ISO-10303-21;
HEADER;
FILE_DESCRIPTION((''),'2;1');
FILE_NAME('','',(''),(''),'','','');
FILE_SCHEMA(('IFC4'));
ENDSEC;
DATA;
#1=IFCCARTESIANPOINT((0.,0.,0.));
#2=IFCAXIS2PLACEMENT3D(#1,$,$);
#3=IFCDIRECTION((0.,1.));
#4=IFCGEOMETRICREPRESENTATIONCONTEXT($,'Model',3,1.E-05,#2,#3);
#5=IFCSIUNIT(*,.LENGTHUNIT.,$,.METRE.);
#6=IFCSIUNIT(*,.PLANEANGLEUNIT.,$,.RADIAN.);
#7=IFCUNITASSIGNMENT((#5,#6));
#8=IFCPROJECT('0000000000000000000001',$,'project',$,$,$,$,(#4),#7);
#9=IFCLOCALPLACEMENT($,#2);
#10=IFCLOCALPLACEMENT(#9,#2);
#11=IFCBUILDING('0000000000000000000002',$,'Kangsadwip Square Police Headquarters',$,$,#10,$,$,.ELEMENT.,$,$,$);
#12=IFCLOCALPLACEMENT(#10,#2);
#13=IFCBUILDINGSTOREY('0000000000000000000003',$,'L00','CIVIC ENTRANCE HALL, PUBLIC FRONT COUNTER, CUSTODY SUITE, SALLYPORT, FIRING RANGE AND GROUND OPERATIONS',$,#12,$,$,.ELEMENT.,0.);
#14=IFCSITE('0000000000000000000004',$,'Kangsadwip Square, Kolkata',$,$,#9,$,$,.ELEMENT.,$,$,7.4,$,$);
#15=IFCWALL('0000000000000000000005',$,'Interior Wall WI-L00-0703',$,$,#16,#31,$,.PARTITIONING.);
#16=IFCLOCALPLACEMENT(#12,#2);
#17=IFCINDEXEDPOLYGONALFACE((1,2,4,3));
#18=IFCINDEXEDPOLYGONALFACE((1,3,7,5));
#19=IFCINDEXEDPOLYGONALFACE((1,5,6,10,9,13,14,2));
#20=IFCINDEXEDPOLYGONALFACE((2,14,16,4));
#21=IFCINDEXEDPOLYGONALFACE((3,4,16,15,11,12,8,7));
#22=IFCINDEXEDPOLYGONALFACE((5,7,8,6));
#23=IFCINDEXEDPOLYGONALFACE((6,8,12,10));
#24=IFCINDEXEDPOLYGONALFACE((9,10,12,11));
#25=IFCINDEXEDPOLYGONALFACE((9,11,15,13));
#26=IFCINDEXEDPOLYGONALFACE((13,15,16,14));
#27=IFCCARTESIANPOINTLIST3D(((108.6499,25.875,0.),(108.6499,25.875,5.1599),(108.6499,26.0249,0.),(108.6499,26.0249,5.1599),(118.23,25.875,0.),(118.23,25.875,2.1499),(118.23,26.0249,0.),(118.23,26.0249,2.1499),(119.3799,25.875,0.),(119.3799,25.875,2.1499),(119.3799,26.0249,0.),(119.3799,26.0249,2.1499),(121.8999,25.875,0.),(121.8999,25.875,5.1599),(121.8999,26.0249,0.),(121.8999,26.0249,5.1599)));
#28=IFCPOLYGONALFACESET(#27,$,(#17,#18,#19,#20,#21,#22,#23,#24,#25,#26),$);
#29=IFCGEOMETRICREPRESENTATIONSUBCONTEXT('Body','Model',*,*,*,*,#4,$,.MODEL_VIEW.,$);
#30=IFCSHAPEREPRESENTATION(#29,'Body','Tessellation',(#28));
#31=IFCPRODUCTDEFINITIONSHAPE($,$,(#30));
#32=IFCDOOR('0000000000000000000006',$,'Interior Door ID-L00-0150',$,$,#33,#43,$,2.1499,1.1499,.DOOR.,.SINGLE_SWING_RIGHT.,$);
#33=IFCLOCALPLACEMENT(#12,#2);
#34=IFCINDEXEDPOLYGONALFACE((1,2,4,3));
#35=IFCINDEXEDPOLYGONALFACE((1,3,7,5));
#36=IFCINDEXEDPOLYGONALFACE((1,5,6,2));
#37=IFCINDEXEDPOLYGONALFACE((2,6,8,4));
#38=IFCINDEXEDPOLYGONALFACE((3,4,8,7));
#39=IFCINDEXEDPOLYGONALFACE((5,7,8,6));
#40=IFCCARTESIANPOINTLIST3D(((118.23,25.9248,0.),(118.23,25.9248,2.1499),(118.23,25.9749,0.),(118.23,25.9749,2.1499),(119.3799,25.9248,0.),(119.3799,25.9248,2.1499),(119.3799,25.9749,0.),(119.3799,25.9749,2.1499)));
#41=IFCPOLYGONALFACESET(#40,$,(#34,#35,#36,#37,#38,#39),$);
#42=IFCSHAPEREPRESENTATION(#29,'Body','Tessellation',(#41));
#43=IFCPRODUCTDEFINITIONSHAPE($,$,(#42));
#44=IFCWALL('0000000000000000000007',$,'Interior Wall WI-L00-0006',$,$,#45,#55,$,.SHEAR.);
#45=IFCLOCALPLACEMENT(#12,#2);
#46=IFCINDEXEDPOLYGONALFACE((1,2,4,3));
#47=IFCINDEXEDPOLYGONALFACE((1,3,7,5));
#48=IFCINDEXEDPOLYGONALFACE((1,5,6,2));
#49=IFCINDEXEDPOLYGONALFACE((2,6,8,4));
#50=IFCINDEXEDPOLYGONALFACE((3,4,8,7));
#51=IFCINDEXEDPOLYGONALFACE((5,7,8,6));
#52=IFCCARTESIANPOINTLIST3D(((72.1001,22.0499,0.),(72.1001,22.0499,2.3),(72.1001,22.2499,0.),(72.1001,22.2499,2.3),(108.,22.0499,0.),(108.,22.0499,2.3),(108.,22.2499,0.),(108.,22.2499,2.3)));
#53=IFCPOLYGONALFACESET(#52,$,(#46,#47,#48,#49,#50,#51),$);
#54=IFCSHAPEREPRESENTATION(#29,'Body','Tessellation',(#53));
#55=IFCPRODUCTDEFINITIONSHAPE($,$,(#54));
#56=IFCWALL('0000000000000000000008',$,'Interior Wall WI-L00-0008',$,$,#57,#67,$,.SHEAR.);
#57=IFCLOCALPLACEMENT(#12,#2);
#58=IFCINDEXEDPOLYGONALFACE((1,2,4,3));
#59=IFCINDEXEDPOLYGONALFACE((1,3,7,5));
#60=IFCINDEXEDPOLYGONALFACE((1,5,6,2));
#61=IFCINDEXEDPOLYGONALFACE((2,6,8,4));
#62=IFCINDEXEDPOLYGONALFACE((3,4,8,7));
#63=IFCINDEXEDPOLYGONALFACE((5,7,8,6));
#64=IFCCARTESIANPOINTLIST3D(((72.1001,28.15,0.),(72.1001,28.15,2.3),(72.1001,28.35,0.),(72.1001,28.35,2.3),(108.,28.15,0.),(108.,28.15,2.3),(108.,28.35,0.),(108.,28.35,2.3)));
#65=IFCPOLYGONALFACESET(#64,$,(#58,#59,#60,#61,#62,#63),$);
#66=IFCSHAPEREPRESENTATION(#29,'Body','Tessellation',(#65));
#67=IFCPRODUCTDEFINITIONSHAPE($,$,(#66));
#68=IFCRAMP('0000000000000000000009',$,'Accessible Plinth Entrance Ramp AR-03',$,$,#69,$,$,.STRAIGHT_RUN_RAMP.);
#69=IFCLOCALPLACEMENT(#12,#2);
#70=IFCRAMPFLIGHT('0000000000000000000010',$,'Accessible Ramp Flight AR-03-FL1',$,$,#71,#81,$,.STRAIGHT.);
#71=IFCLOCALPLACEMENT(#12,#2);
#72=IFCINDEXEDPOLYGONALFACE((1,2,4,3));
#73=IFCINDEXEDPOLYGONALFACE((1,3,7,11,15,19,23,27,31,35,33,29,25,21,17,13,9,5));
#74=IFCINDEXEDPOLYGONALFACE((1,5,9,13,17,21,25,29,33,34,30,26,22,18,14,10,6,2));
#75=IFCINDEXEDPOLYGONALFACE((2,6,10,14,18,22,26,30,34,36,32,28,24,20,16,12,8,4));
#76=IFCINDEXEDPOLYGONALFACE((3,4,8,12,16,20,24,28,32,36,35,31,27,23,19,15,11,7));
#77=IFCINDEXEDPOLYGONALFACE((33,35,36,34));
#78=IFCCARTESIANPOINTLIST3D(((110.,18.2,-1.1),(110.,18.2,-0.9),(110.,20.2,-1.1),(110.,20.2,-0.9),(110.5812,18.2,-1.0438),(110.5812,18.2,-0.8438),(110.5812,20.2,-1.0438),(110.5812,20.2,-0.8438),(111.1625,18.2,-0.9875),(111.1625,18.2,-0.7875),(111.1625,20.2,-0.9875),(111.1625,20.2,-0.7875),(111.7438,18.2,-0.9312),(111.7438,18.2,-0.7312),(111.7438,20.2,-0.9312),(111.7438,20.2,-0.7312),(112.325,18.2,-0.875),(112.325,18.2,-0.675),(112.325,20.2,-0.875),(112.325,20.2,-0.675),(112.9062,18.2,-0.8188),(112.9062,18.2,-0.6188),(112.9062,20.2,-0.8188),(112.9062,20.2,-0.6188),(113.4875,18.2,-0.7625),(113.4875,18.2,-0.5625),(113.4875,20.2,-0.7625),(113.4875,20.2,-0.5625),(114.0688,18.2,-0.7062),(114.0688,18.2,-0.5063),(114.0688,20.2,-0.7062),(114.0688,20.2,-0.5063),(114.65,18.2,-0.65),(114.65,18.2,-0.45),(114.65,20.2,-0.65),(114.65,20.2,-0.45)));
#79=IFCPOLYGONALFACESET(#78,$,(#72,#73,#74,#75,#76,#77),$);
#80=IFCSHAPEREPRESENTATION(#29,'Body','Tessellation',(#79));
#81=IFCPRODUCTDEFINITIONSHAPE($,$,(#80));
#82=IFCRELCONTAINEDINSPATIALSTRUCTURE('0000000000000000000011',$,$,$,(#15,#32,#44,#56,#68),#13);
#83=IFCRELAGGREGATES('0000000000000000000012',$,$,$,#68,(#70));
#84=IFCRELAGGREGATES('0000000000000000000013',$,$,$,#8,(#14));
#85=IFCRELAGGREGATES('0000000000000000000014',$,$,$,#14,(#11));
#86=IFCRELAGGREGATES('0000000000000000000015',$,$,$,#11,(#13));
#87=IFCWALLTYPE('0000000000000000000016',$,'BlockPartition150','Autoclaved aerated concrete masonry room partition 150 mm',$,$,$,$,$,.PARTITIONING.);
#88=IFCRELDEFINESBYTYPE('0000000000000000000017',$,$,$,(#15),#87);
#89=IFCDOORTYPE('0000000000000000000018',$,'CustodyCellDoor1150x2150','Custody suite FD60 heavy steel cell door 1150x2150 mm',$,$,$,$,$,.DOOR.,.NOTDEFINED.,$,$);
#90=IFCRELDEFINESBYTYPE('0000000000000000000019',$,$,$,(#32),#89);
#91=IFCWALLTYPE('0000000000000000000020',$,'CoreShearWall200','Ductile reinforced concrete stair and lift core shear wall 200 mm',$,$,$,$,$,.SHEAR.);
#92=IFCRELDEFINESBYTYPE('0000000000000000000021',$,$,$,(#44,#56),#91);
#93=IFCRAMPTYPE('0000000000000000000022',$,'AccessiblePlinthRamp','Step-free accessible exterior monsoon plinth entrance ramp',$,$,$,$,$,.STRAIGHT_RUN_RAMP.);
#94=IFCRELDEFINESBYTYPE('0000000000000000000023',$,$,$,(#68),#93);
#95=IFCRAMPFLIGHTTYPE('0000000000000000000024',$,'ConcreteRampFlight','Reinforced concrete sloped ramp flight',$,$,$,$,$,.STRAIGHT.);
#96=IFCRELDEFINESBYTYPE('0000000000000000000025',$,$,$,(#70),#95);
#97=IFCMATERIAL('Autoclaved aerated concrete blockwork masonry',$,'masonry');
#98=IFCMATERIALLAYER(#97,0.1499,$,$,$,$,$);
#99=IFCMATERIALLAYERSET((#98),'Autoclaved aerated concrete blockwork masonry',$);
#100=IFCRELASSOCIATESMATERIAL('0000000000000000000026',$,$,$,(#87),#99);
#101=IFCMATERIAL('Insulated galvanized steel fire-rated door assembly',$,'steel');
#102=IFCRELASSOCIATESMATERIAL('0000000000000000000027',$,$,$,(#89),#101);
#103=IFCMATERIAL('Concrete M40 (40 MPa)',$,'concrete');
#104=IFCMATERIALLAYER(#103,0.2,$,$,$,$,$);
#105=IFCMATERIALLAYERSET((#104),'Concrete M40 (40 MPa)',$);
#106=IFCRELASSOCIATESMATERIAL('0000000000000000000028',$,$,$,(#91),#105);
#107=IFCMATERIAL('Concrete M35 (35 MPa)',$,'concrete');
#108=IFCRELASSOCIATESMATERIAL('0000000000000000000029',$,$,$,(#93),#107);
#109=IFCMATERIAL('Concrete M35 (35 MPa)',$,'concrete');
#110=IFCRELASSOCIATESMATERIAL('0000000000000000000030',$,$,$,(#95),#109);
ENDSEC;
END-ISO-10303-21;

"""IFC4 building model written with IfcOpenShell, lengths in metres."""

from ifc_helpers import new_model, si_unit, direction, frame, frame_2d, origin, place, context, subcontext, project, spatial, polyline, rectangle, outline, extrude, material, layer, layer_set, type_object, element, fill, aggregate, save


model = new_model("IFC4")

# Units and contexts
model_context = context("Model", 3, precision=1e-05, world=origin(), true_north=direction((0.0, 1.0)))
body_context = subcontext(model_context, "Body", "Model", "MODEL_VIEW")
ifc_project = project(units=[si_unit("LENGTHUNIT", "METRE"), si_unit("PLANEANGLEUNIT", "RADIAN")], contexts=[model_context])

# Site, building, storey
site_placement = place(None, origin())
site = spatial("IfcSite", under=ifc_project, at=site_placement, Name="Kangsadwip Square, Kolkata", CompositionType="ELEMENT", RefElevation=7.4)
building_placement = place(site_placement, origin())
building = spatial("IfcBuilding", under=site, at=building_placement, Name="Kangsadwip Square Police Headquarters", CompositionType="ELEMENT")
storey_placement = place(building_placement, origin())
storey = spatial("IfcBuildingStorey", under=building, at=storey_placement, Name="L00", Description="CIVIC ENTRANCE HALL, PUBLIC FRONT COUNTER, CUSTODY SUITE, SALLYPORT, FIRING RANGE AND GROUND OPERATIONS", CompositionType="ELEMENT", Elevation=0.0)

# Wall, opening, door
ifc_material_1 = material(Name="Autoclaved aerated concrete blockwork masonry", Category="masonry")
ifc_layer_1 = layer(ifc_material_1, 0.1499)
ifc_layer_set_1 = layer_set([ifc_layer_1], Name="Autoclaved aerated concrete blockwork masonry")
wall_type_1 = type_object("IfcWallType", Name="BlockPartition150", Description="Autoclaved aerated concrete masonry room partition 150 mm", PredefinedType="PARTITIONING", material=ifc_layer_set_1)
wall_1_placement = place(storey_placement, frame((108.6499, 25.95, 0.0), z_axis=(0.0, 0.0, 1.0), x_axis=(1.0, 0.0, 0.0)))
wall_1 = element("IfcWall", 1, at=wall_1_placement, inside=storey, type_object=wall_type_1, Name="Interior Wall WI-L00-0703", PredefinedType="PARTITIONING", context=body_context, shape_type="SweptSolid", body=[
    extrude(rectangle(XDim=13.25, YDim=0.1499, at=frame_2d((6.625, 0.0))), origin(), (0.0, 0.0, 1.0), 5.1599),
])
opening_1_placement = place(wall_1_placement, frame((9.5801, 0.0, 0.0)))
opening_1 = element("IfcOpeningElement", 2, at=opening_1_placement, cuts=wall_1, PredefinedType="OPENING", context=body_context, shape_type="SweptSolid", body=[
    extrude(rectangle(XDim=1.1499, YDim=2.1499, at=frame_2d((0.575, 1.075))), frame((0.0, 0.085, 0.0), z_axis=(0.0, -1.0, 0.0), x_axis=(1.0, 0.0, 0.0)), (0.0, 0.0, 1.0), 0.1699),
])
ifc_material_2 = material(Name="Insulated galvanized steel fire-rated door assembly", Category="steel")
door_type_1 = type_object("IfcDoorType", Name="CustodyCellDoor1150x2150", Description="Custody suite FD60 heavy steel cell door 1150x2150 mm", OperationType="NOTDEFINED", PredefinedType="DOOR", material=ifc_material_2)
door_1_placement = place(opening_1_placement, origin())
door_1 = element("IfcDoor", 3, at=door_1_placement, inside=storey, type_object=door_type_1, Name="Interior Door ID-L00-0150", OperationType="SINGLE_SWING_RIGHT", OverallHeight=2.1499, OverallWidth=1.1499, PredefinedType="DOOR", context=body_context, shape_type="SweptSolid", body=[
    extrude(rectangle(XDim=1.1499, YDim=2.1499, at=frame_2d((0.575, 1.075))), frame((0.0, 0.0249, 0.0), z_axis=(0.0, -1.0, 0.0), x_axis=(1.0, 0.0, 0.0)), (0.0, 0.0, 1.0), 0.05),
])
fill(opening_1, door_1)

# Walls
ifc_material_3 = material(Name="Concrete M40 (40 MPa)", Category="concrete")
ifc_layer_2 = layer(ifc_material_3, 0.2)
ifc_layer_set_2 = layer_set([ifc_layer_2], Name="Concrete M40 (40 MPa)")
wall_type_2 = type_object("IfcWallType", Name="CoreShearWall200", Description="Ductile reinforced concrete stair and lift core shear wall 200 mm", PredefinedType="SHEAR", material=ifc_layer_set_2)
for number, where, z_axis, x_axis, name in (
    (4, (72.1001, 22.1499, 0.0), (0.0, 0.0, 1.0), (1.0, 0.0, 0.0), "Interior Wall WI-L00-0006"),
    (5, (72.1001, 28.25, 0.0), (0.0, 0.0, 1.0), (1.0, 0.0, 0.0), "Interior Wall WI-L00-0008"),
):
    element("IfcWall", number, at=place(storey_placement, frame(where, z_axis=z_axis, x_axis=x_axis)), inside=storey, type_object=wall_type_2, Name=name, PredefinedType="SHEAR", context=body_context, shape_type="SweptSolid", body=[
        extrude(rectangle(XDim=35.8999, YDim=0.2, at=frame_2d((17.95, 0.0))), origin(), (0.0, 0.0, 1.0), 2.3),
    ])

# Ramp, ramp flight
ifc_material_4 = material(Name="Concrete M35 (35 MPa)", Category="concrete")
ramp_type = type_object("IfcRampType", Name="AccessiblePlinthRamp", Description="Step-free accessible exterior monsoon plinth entrance ramp", PredefinedType="STRAIGHT_RUN_RAMP", material=ifc_material_4)
ramp_placement = place(storey_placement, origin())
ramp = element("IfcRamp", 6, at=ramp_placement, inside=storey, type_object=ramp_type, Name="Accessible Plinth Entrance Ramp AR-03", PredefinedType="STRAIGHT_RUN_RAMP")
ifc_material_5 = material(Name="Concrete M35 (35 MPa)", Category="concrete")
ramp_flight_type = type_object("IfcRampFlightType", Name="ConcreteRampFlight", Description="Reinforced concrete sloped ramp flight", PredefinedType="STRAIGHT", material=ifc_material_5)
ramp_flight_placement = place(storey_placement, frame((110.0, 20.2, -0.9), z_axis=(0.0, -1.0, 0.0), x_axis=(1.0, 0.0, 0.0)))
ramp_flight = element("IfcRampFlight", 7, at=ramp_flight_placement, type_object=ramp_flight_type, Name="Accessible Ramp Flight AR-03-FL1", PredefinedType="STRAIGHT", context=body_context, shape_type="SweptSolid", body=[
    extrude(outline(polyline([(0.0, 0.0), (0.5813, 0.0563), (1.1625, 0.1125), (1.7437, 0.1688), (2.325, 0.225), (2.9062, 0.2812), (3.4875, 0.3375), (4.0687, 0.3937), (4.65, 0.45), (4.65, 0.25), (4.0687, 0.1938), (3.4875, 0.1375), (2.9062, 0.0813), (2.325, 0.025), (1.7437, -0.0312), (1.1625, -0.0875), (0.5813, -0.1437), (0.0, -0.2), (0.0, 0.0)])), origin(), (0.0, 0.0, 1.0), 2.0),
])
aggregate(ramp, [ramp_flight])

save(model, "model.ifc")
